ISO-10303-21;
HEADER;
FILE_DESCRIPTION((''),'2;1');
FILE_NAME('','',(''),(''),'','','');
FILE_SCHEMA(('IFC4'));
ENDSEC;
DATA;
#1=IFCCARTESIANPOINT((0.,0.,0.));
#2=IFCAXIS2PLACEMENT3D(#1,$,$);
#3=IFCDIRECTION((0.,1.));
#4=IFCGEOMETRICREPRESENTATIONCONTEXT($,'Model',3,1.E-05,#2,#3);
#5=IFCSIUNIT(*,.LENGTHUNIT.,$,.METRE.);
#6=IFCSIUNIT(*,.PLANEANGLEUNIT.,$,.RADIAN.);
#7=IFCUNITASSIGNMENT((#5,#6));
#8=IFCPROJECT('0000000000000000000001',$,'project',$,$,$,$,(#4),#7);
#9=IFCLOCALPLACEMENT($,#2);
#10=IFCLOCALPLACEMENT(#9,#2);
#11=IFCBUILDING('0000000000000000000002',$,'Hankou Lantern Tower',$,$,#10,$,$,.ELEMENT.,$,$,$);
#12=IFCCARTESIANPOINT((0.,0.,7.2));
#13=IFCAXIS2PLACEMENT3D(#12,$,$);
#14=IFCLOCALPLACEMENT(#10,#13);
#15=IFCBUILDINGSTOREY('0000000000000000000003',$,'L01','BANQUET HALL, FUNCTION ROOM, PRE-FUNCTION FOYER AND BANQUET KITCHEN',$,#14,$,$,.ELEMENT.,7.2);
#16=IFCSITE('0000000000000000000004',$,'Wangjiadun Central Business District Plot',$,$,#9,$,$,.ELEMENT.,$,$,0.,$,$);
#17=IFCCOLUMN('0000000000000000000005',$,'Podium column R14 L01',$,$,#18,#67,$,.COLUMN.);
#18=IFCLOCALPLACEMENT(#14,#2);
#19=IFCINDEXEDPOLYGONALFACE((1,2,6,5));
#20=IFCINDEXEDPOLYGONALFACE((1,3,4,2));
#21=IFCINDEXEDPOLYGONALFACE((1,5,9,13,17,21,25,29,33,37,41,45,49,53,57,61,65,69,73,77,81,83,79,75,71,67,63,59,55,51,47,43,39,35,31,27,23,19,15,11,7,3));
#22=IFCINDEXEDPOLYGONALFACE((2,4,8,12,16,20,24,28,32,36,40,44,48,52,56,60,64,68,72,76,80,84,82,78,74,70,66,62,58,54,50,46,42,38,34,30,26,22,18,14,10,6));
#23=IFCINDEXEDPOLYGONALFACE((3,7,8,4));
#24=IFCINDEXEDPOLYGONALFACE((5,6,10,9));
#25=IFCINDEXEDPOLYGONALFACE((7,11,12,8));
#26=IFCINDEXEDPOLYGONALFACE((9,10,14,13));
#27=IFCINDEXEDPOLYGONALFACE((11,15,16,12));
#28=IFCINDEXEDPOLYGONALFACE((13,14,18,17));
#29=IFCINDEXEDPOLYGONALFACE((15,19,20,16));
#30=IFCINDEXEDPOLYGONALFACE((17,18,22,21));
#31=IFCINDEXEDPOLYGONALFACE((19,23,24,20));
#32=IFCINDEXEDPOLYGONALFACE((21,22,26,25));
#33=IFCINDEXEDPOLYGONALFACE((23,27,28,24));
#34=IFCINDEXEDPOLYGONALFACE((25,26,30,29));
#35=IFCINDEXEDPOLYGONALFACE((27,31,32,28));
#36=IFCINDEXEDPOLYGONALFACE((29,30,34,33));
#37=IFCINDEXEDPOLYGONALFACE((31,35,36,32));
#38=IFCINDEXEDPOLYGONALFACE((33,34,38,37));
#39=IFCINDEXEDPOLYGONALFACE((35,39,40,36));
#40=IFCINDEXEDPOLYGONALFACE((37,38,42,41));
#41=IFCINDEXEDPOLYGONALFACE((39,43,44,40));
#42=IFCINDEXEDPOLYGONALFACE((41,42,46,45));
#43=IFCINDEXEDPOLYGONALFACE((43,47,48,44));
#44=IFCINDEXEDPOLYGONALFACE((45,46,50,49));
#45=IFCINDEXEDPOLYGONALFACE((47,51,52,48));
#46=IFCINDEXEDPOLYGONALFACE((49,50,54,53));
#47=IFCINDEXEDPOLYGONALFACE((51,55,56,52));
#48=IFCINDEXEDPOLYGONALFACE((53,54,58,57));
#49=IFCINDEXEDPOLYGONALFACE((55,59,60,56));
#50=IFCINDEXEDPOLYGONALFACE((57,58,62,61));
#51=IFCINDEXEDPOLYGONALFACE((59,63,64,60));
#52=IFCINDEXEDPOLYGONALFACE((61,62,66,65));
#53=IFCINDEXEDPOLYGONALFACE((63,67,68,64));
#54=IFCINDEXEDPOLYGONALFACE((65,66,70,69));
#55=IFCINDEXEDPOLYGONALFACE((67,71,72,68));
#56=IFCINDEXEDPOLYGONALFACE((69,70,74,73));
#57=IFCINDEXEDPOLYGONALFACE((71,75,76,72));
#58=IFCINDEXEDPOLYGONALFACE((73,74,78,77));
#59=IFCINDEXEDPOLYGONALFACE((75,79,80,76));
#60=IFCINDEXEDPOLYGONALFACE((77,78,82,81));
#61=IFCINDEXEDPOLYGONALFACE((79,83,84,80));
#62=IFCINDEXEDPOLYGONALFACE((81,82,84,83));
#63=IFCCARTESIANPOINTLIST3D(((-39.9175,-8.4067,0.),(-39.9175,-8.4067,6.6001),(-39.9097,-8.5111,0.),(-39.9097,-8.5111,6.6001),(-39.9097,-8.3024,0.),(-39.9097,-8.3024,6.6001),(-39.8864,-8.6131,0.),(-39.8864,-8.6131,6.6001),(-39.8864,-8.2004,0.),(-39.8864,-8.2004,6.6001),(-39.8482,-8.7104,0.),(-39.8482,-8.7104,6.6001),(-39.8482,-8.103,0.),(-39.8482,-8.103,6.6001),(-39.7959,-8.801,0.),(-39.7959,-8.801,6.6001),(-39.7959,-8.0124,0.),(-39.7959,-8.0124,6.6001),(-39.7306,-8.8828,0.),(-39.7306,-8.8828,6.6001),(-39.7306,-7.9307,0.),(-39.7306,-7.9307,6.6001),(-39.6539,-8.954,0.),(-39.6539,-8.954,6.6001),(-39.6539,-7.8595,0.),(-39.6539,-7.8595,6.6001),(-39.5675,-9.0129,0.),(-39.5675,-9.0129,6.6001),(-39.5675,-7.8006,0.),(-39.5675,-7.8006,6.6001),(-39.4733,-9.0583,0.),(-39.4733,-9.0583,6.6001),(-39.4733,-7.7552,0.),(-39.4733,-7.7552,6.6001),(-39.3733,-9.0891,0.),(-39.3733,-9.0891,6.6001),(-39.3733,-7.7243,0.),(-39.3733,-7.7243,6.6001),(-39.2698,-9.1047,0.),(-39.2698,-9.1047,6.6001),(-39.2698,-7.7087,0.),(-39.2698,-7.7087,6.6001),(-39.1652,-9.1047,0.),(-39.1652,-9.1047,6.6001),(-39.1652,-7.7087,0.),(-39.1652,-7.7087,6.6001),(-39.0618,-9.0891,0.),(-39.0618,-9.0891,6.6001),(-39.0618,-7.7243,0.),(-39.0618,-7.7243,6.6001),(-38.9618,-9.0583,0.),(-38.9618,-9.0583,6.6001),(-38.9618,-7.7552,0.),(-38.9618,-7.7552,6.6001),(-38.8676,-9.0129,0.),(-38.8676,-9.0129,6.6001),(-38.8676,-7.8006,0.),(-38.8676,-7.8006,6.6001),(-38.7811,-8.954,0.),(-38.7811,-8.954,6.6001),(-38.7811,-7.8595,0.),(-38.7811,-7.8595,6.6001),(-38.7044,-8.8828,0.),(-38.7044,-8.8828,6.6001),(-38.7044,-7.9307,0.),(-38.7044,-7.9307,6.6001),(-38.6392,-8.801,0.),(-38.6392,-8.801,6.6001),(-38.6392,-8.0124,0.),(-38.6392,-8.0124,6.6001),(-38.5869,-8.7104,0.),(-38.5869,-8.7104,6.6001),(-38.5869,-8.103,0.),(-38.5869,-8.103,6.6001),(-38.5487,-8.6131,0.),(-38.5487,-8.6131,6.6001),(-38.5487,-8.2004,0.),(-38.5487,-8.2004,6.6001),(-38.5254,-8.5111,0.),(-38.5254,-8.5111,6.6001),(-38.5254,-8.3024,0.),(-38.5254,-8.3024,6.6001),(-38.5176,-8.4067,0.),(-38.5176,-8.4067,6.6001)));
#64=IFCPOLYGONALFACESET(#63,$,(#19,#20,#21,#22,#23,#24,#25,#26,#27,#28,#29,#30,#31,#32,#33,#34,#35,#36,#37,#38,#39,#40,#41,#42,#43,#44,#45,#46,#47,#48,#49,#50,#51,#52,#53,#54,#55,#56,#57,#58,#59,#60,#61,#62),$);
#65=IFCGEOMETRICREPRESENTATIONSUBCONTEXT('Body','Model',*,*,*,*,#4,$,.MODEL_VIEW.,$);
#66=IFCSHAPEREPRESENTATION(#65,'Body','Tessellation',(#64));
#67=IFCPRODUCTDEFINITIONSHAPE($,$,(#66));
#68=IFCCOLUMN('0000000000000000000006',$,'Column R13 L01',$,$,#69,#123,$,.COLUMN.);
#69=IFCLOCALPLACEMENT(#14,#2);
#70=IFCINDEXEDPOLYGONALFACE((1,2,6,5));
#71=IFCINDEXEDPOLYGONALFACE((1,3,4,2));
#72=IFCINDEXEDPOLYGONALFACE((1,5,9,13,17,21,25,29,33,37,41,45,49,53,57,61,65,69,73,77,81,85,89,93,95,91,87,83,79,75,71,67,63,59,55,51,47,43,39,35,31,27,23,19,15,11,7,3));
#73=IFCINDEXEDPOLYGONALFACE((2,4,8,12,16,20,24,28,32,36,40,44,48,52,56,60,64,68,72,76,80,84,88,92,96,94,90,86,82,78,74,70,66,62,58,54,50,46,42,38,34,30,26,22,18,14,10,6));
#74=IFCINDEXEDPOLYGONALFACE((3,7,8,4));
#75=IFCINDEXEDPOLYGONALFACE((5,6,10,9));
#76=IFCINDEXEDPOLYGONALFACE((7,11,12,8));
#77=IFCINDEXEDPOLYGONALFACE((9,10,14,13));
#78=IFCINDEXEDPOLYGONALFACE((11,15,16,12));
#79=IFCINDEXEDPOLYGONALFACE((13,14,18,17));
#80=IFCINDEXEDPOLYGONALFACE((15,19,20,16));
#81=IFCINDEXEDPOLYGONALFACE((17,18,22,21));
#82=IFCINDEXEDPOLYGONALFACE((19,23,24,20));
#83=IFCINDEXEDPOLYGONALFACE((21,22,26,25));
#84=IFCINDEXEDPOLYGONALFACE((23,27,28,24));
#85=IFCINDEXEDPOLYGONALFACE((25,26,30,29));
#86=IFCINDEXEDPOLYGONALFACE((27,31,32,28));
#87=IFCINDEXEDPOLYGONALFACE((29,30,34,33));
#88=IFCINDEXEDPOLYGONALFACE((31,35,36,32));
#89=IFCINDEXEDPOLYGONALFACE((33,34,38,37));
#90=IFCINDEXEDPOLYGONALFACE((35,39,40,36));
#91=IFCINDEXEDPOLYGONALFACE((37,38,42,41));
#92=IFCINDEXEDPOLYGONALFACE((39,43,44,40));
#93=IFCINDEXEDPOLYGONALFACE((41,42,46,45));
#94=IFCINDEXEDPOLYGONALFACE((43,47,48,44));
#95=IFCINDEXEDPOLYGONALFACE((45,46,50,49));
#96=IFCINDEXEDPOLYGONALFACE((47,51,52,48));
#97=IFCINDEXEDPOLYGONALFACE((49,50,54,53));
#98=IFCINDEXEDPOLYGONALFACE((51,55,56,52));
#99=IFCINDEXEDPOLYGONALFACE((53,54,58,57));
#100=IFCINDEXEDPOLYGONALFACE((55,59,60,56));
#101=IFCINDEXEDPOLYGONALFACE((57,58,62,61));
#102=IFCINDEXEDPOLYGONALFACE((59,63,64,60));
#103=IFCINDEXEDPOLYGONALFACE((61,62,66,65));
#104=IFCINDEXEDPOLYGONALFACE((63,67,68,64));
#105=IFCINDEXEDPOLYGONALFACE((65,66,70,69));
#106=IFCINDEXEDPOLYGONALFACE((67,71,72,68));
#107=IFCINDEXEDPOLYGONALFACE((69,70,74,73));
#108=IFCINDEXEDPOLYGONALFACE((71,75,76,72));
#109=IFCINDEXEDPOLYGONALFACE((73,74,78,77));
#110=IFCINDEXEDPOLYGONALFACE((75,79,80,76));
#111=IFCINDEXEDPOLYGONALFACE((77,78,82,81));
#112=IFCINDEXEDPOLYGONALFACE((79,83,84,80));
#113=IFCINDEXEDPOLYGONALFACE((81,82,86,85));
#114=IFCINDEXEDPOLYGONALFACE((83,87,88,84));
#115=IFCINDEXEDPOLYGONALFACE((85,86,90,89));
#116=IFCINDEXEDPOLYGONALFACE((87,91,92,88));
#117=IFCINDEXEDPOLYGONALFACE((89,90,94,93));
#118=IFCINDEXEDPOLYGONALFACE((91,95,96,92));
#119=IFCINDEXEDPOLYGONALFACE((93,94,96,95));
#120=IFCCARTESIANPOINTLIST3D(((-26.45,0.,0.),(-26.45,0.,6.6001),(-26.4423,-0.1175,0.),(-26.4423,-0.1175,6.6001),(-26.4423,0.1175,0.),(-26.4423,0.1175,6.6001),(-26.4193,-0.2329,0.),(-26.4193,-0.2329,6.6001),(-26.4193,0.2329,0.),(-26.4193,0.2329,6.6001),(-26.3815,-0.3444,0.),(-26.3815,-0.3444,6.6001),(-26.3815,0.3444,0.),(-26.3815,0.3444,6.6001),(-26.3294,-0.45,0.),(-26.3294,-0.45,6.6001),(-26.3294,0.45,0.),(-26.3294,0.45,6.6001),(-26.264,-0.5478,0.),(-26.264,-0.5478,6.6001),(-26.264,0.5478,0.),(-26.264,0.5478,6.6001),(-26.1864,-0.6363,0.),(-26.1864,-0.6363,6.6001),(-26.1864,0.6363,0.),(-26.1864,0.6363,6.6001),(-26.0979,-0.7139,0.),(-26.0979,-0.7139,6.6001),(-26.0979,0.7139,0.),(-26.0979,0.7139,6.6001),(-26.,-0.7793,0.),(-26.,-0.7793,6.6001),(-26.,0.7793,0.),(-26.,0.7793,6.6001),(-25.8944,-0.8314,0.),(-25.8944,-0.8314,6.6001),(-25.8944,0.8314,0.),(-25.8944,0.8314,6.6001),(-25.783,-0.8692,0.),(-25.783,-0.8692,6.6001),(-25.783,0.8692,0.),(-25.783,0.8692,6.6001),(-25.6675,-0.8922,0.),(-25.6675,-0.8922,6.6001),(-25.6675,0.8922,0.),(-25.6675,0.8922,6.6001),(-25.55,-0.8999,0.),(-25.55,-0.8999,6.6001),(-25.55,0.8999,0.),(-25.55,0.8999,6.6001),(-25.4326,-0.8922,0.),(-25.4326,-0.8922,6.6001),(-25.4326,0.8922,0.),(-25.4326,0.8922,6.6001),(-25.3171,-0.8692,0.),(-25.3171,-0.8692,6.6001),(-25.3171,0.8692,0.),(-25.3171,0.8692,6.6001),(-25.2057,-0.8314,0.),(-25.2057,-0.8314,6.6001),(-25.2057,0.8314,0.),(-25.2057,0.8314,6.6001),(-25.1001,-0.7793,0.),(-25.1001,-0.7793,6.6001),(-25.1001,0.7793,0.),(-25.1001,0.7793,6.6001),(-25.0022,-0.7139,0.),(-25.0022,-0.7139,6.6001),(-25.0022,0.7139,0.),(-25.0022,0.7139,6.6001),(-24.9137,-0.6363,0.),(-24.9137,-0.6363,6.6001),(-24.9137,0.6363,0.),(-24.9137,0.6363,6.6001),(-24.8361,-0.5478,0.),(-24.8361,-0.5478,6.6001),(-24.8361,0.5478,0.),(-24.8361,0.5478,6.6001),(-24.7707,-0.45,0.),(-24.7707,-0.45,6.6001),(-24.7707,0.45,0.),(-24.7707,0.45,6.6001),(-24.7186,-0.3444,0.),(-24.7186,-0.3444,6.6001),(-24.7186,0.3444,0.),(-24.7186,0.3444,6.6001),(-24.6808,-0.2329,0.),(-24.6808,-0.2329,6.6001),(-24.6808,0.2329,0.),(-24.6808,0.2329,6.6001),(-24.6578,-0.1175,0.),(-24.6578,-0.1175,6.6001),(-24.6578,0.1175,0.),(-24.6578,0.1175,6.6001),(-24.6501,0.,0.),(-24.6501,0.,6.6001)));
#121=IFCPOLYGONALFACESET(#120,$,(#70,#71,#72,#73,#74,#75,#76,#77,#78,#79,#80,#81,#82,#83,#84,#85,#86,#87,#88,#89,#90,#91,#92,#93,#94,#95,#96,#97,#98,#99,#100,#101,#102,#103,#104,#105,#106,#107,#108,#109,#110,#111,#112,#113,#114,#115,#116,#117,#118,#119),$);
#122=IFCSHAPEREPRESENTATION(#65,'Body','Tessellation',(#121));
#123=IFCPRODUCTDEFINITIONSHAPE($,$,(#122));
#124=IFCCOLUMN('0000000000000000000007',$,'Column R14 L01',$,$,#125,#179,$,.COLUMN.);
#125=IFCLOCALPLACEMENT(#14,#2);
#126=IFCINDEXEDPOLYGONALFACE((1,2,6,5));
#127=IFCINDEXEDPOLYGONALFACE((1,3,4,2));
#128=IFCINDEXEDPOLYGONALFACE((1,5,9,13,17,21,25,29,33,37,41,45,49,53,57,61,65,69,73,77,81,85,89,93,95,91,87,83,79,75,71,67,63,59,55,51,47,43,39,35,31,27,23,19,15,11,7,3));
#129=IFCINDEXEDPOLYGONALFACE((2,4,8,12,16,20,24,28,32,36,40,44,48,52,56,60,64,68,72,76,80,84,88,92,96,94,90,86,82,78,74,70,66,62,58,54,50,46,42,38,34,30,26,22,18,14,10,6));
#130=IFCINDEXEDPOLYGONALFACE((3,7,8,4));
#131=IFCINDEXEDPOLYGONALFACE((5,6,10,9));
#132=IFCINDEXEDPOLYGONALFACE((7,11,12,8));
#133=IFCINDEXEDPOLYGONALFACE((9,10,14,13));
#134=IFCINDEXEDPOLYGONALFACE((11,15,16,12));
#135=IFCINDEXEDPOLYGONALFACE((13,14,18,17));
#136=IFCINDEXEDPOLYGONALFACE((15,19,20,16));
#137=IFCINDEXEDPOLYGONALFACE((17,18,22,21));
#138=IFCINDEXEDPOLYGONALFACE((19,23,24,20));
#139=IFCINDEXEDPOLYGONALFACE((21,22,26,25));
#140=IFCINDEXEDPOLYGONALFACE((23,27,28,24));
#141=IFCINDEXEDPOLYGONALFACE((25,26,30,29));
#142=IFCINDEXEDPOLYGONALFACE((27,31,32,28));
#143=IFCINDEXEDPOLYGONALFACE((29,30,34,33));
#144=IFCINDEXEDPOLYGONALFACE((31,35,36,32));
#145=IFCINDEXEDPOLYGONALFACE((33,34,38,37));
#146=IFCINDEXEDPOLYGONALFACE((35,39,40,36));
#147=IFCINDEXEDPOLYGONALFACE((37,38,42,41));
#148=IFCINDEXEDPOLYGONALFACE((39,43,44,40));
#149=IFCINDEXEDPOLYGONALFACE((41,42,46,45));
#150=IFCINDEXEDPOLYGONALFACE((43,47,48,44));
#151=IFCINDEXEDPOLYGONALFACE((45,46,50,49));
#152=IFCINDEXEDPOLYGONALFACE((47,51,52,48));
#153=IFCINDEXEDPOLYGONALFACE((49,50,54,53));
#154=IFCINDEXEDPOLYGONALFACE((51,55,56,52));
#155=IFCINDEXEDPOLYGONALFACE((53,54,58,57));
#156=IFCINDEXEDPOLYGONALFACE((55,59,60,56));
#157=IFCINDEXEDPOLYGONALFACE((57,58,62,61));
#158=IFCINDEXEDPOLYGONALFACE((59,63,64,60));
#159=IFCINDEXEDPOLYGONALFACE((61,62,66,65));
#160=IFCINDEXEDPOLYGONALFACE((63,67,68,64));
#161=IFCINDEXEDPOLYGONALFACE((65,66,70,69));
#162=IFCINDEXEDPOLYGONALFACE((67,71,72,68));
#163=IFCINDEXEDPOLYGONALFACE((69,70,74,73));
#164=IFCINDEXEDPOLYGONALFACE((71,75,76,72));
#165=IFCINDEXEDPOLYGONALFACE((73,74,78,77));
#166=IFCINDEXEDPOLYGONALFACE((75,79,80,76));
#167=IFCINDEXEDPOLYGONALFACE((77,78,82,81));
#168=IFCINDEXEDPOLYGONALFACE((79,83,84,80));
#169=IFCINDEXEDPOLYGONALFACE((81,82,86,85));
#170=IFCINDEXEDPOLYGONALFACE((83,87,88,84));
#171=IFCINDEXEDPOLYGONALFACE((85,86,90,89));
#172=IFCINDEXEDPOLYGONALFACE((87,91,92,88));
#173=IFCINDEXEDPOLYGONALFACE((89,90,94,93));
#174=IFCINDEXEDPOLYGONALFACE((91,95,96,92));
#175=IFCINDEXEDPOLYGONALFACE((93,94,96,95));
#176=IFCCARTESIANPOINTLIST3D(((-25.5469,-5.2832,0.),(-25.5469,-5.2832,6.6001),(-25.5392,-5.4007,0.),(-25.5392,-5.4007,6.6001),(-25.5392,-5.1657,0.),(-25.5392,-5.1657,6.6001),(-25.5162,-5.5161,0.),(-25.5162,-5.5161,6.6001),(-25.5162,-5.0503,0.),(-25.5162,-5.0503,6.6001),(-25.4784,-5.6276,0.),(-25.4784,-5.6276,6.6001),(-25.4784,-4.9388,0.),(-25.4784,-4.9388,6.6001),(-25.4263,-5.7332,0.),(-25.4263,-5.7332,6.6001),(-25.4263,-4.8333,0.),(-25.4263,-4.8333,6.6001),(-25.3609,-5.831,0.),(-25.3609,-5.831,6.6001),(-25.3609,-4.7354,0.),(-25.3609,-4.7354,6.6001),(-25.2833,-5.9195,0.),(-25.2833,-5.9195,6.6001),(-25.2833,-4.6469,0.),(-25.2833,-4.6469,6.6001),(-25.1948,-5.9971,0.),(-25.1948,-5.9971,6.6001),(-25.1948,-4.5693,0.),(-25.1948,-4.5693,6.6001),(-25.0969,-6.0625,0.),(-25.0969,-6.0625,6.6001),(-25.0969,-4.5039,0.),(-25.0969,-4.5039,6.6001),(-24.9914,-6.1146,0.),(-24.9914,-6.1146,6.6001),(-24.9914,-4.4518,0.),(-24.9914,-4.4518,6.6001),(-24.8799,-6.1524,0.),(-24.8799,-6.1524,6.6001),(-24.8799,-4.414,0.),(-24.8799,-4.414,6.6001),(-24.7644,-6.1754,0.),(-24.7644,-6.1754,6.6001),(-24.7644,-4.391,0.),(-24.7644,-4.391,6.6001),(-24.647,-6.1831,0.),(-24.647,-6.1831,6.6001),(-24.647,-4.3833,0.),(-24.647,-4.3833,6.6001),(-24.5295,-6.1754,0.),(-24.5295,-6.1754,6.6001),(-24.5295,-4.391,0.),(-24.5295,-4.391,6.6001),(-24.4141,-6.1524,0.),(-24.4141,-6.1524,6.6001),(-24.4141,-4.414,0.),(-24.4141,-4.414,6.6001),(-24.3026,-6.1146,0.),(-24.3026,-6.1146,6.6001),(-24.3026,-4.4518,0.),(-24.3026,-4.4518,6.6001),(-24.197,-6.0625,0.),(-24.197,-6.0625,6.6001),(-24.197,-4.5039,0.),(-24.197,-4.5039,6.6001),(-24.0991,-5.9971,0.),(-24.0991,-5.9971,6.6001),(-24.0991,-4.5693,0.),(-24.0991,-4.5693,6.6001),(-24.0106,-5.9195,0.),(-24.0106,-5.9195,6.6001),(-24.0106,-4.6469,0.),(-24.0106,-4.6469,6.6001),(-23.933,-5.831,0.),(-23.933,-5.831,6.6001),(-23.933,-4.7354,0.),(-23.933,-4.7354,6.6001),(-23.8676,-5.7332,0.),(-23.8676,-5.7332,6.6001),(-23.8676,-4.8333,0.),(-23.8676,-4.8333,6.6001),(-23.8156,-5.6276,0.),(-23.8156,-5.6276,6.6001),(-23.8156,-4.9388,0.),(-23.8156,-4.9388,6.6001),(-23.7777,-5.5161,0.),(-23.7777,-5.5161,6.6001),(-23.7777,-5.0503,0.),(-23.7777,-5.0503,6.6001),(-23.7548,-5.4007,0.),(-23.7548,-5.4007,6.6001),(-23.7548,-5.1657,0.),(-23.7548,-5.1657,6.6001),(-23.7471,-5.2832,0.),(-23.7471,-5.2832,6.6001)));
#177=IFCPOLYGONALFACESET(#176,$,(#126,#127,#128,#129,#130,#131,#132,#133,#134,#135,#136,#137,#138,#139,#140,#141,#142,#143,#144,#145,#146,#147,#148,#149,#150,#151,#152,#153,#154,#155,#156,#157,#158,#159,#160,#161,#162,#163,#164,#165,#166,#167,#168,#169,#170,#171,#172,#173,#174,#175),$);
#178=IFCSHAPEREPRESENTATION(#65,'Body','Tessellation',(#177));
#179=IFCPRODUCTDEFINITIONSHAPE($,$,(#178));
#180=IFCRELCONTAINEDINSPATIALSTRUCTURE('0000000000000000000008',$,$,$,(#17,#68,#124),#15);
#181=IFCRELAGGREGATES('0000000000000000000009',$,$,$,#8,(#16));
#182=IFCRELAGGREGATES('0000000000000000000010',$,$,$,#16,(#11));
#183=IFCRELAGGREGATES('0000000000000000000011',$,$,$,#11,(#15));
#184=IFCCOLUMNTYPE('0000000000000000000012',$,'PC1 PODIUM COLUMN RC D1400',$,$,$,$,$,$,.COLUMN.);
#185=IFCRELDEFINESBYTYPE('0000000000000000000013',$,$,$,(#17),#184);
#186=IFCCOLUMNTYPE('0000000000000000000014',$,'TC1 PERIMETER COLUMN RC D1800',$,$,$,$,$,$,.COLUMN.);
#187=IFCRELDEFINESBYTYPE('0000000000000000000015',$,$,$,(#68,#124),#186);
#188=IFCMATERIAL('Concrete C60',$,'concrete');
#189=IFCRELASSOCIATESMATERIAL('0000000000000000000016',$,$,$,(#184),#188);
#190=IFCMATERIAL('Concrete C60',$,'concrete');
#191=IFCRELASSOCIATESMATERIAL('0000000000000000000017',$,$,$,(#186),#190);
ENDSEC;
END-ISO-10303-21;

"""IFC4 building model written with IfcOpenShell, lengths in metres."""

from ifc_helpers import new_model, si_unit, direction, frame, origin, origin_2d, place, context, subcontext, project, spatial, circle, extrude, material, material_profile, profile_set, type_object, element, save


model = new_model("IFC4")

# Units and contexts
model_context = context("Model", 3, precision=1e-05, world=origin(), true_north=direction((0.0, 1.0)))
body_context = subcontext(model_context, "Body", "Model", "MODEL_VIEW")
ifc_project = project(units=[si_unit("LENGTHUNIT", "METRE"), si_unit("PLANEANGLEUNIT", "RADIAN")], contexts=[model_context])

# Site, building, storey
site_placement = place(None, origin())
site = spatial("IfcSite", under=ifc_project, at=site_placement, Name="Wangjiadun Central Business District Plot", CompositionType="ELEMENT", RefElevation=0.0)
building_placement = place(site_placement, origin())
building = spatial("IfcBuilding", under=site, at=building_placement, Name="Hankou Lantern Tower", CompositionType="ELEMENT")
storey_placement = place(building_placement, frame((0.0, 0.0, 7.2)))
storey = spatial("IfcBuildingStorey", under=building, at=storey_placement, Name="L01", Description="BANQUET HALL, FUNCTION ROOM, PRE-FUNCTION FOYER AND BANQUET KITCHEN", CompositionType="ELEMENT", Elevation=7.2)

# Columns
ifc_material_1 = material(Name="Concrete C60", Category="concrete")
ifc_material_profile_1 = material_profile(ifc_material_1, circle(Radius=0.7, at=origin_2d()), Name="RC D1400")
ifc_profile_set_1 = profile_set([ifc_material_profile_1], Name="Concrete C60")
column_type_1 = type_object("IfcColumnType", Name="PC1 PODIUM COLUMN RC D1400", PredefinedType="COLUMN", material=ifc_profile_set_1)
column_placement = place(storey_placement, frame((-39.2175, -8.4067, 0.0), z_axis=(0.0, 0.0, 1.0), x_axis=(1.0, 0.0, 0.0)))
element("IfcColumn", 1, at=column_placement, inside=storey, type_object=column_type_1, Name="Podium column R14 L01", PredefinedType="COLUMN", context=body_context, shape_type="SweptSolid", body=[
    extrude(circle(Radius=0.7, at=origin_2d()), origin(), (0.0, 0.0, 1.0), 6.6001),
])
ifc_material_2 = material(Name="Concrete C60", Category="concrete")
ifc_material_profile_2 = material_profile(ifc_material_2, circle(Radius=0.8999, at=origin_2d()), Name="RC D1800")
ifc_profile_set_2 = profile_set([ifc_material_profile_2], Name="Concrete C60")
column_type_2 = type_object("IfcColumnType", Name="TC1 PERIMETER COLUMN RC D1800", PredefinedType="COLUMN", material=ifc_profile_set_2)
for number, where, z_axis, x_axis, name in (
    (2, (-25.55, 0.0, 0.0), (0.0, 0.0, 1.0), (1.0, 0.0, 0.0), "Column R13 L01"),
    (3, (-24.647, -5.2832, 0.0), (0.0, 0.0, 1.0), (1.0, 0.0, 0.0), "Column R14 L01"),
):
    element("IfcColumn", number, at=place(storey_placement, frame(where, z_axis=z_axis, x_axis=x_axis)), inside=storey, type_object=column_type_2, Name=name, PredefinedType="COLUMN", context=body_context, shape_type="SweptSolid", body=[
        extrude(circle(Radius=0.8999, at=origin_2d()), origin(), (0.0, 0.0, 1.0), 6.6001),
    ])

save(model, "model.ifc")
